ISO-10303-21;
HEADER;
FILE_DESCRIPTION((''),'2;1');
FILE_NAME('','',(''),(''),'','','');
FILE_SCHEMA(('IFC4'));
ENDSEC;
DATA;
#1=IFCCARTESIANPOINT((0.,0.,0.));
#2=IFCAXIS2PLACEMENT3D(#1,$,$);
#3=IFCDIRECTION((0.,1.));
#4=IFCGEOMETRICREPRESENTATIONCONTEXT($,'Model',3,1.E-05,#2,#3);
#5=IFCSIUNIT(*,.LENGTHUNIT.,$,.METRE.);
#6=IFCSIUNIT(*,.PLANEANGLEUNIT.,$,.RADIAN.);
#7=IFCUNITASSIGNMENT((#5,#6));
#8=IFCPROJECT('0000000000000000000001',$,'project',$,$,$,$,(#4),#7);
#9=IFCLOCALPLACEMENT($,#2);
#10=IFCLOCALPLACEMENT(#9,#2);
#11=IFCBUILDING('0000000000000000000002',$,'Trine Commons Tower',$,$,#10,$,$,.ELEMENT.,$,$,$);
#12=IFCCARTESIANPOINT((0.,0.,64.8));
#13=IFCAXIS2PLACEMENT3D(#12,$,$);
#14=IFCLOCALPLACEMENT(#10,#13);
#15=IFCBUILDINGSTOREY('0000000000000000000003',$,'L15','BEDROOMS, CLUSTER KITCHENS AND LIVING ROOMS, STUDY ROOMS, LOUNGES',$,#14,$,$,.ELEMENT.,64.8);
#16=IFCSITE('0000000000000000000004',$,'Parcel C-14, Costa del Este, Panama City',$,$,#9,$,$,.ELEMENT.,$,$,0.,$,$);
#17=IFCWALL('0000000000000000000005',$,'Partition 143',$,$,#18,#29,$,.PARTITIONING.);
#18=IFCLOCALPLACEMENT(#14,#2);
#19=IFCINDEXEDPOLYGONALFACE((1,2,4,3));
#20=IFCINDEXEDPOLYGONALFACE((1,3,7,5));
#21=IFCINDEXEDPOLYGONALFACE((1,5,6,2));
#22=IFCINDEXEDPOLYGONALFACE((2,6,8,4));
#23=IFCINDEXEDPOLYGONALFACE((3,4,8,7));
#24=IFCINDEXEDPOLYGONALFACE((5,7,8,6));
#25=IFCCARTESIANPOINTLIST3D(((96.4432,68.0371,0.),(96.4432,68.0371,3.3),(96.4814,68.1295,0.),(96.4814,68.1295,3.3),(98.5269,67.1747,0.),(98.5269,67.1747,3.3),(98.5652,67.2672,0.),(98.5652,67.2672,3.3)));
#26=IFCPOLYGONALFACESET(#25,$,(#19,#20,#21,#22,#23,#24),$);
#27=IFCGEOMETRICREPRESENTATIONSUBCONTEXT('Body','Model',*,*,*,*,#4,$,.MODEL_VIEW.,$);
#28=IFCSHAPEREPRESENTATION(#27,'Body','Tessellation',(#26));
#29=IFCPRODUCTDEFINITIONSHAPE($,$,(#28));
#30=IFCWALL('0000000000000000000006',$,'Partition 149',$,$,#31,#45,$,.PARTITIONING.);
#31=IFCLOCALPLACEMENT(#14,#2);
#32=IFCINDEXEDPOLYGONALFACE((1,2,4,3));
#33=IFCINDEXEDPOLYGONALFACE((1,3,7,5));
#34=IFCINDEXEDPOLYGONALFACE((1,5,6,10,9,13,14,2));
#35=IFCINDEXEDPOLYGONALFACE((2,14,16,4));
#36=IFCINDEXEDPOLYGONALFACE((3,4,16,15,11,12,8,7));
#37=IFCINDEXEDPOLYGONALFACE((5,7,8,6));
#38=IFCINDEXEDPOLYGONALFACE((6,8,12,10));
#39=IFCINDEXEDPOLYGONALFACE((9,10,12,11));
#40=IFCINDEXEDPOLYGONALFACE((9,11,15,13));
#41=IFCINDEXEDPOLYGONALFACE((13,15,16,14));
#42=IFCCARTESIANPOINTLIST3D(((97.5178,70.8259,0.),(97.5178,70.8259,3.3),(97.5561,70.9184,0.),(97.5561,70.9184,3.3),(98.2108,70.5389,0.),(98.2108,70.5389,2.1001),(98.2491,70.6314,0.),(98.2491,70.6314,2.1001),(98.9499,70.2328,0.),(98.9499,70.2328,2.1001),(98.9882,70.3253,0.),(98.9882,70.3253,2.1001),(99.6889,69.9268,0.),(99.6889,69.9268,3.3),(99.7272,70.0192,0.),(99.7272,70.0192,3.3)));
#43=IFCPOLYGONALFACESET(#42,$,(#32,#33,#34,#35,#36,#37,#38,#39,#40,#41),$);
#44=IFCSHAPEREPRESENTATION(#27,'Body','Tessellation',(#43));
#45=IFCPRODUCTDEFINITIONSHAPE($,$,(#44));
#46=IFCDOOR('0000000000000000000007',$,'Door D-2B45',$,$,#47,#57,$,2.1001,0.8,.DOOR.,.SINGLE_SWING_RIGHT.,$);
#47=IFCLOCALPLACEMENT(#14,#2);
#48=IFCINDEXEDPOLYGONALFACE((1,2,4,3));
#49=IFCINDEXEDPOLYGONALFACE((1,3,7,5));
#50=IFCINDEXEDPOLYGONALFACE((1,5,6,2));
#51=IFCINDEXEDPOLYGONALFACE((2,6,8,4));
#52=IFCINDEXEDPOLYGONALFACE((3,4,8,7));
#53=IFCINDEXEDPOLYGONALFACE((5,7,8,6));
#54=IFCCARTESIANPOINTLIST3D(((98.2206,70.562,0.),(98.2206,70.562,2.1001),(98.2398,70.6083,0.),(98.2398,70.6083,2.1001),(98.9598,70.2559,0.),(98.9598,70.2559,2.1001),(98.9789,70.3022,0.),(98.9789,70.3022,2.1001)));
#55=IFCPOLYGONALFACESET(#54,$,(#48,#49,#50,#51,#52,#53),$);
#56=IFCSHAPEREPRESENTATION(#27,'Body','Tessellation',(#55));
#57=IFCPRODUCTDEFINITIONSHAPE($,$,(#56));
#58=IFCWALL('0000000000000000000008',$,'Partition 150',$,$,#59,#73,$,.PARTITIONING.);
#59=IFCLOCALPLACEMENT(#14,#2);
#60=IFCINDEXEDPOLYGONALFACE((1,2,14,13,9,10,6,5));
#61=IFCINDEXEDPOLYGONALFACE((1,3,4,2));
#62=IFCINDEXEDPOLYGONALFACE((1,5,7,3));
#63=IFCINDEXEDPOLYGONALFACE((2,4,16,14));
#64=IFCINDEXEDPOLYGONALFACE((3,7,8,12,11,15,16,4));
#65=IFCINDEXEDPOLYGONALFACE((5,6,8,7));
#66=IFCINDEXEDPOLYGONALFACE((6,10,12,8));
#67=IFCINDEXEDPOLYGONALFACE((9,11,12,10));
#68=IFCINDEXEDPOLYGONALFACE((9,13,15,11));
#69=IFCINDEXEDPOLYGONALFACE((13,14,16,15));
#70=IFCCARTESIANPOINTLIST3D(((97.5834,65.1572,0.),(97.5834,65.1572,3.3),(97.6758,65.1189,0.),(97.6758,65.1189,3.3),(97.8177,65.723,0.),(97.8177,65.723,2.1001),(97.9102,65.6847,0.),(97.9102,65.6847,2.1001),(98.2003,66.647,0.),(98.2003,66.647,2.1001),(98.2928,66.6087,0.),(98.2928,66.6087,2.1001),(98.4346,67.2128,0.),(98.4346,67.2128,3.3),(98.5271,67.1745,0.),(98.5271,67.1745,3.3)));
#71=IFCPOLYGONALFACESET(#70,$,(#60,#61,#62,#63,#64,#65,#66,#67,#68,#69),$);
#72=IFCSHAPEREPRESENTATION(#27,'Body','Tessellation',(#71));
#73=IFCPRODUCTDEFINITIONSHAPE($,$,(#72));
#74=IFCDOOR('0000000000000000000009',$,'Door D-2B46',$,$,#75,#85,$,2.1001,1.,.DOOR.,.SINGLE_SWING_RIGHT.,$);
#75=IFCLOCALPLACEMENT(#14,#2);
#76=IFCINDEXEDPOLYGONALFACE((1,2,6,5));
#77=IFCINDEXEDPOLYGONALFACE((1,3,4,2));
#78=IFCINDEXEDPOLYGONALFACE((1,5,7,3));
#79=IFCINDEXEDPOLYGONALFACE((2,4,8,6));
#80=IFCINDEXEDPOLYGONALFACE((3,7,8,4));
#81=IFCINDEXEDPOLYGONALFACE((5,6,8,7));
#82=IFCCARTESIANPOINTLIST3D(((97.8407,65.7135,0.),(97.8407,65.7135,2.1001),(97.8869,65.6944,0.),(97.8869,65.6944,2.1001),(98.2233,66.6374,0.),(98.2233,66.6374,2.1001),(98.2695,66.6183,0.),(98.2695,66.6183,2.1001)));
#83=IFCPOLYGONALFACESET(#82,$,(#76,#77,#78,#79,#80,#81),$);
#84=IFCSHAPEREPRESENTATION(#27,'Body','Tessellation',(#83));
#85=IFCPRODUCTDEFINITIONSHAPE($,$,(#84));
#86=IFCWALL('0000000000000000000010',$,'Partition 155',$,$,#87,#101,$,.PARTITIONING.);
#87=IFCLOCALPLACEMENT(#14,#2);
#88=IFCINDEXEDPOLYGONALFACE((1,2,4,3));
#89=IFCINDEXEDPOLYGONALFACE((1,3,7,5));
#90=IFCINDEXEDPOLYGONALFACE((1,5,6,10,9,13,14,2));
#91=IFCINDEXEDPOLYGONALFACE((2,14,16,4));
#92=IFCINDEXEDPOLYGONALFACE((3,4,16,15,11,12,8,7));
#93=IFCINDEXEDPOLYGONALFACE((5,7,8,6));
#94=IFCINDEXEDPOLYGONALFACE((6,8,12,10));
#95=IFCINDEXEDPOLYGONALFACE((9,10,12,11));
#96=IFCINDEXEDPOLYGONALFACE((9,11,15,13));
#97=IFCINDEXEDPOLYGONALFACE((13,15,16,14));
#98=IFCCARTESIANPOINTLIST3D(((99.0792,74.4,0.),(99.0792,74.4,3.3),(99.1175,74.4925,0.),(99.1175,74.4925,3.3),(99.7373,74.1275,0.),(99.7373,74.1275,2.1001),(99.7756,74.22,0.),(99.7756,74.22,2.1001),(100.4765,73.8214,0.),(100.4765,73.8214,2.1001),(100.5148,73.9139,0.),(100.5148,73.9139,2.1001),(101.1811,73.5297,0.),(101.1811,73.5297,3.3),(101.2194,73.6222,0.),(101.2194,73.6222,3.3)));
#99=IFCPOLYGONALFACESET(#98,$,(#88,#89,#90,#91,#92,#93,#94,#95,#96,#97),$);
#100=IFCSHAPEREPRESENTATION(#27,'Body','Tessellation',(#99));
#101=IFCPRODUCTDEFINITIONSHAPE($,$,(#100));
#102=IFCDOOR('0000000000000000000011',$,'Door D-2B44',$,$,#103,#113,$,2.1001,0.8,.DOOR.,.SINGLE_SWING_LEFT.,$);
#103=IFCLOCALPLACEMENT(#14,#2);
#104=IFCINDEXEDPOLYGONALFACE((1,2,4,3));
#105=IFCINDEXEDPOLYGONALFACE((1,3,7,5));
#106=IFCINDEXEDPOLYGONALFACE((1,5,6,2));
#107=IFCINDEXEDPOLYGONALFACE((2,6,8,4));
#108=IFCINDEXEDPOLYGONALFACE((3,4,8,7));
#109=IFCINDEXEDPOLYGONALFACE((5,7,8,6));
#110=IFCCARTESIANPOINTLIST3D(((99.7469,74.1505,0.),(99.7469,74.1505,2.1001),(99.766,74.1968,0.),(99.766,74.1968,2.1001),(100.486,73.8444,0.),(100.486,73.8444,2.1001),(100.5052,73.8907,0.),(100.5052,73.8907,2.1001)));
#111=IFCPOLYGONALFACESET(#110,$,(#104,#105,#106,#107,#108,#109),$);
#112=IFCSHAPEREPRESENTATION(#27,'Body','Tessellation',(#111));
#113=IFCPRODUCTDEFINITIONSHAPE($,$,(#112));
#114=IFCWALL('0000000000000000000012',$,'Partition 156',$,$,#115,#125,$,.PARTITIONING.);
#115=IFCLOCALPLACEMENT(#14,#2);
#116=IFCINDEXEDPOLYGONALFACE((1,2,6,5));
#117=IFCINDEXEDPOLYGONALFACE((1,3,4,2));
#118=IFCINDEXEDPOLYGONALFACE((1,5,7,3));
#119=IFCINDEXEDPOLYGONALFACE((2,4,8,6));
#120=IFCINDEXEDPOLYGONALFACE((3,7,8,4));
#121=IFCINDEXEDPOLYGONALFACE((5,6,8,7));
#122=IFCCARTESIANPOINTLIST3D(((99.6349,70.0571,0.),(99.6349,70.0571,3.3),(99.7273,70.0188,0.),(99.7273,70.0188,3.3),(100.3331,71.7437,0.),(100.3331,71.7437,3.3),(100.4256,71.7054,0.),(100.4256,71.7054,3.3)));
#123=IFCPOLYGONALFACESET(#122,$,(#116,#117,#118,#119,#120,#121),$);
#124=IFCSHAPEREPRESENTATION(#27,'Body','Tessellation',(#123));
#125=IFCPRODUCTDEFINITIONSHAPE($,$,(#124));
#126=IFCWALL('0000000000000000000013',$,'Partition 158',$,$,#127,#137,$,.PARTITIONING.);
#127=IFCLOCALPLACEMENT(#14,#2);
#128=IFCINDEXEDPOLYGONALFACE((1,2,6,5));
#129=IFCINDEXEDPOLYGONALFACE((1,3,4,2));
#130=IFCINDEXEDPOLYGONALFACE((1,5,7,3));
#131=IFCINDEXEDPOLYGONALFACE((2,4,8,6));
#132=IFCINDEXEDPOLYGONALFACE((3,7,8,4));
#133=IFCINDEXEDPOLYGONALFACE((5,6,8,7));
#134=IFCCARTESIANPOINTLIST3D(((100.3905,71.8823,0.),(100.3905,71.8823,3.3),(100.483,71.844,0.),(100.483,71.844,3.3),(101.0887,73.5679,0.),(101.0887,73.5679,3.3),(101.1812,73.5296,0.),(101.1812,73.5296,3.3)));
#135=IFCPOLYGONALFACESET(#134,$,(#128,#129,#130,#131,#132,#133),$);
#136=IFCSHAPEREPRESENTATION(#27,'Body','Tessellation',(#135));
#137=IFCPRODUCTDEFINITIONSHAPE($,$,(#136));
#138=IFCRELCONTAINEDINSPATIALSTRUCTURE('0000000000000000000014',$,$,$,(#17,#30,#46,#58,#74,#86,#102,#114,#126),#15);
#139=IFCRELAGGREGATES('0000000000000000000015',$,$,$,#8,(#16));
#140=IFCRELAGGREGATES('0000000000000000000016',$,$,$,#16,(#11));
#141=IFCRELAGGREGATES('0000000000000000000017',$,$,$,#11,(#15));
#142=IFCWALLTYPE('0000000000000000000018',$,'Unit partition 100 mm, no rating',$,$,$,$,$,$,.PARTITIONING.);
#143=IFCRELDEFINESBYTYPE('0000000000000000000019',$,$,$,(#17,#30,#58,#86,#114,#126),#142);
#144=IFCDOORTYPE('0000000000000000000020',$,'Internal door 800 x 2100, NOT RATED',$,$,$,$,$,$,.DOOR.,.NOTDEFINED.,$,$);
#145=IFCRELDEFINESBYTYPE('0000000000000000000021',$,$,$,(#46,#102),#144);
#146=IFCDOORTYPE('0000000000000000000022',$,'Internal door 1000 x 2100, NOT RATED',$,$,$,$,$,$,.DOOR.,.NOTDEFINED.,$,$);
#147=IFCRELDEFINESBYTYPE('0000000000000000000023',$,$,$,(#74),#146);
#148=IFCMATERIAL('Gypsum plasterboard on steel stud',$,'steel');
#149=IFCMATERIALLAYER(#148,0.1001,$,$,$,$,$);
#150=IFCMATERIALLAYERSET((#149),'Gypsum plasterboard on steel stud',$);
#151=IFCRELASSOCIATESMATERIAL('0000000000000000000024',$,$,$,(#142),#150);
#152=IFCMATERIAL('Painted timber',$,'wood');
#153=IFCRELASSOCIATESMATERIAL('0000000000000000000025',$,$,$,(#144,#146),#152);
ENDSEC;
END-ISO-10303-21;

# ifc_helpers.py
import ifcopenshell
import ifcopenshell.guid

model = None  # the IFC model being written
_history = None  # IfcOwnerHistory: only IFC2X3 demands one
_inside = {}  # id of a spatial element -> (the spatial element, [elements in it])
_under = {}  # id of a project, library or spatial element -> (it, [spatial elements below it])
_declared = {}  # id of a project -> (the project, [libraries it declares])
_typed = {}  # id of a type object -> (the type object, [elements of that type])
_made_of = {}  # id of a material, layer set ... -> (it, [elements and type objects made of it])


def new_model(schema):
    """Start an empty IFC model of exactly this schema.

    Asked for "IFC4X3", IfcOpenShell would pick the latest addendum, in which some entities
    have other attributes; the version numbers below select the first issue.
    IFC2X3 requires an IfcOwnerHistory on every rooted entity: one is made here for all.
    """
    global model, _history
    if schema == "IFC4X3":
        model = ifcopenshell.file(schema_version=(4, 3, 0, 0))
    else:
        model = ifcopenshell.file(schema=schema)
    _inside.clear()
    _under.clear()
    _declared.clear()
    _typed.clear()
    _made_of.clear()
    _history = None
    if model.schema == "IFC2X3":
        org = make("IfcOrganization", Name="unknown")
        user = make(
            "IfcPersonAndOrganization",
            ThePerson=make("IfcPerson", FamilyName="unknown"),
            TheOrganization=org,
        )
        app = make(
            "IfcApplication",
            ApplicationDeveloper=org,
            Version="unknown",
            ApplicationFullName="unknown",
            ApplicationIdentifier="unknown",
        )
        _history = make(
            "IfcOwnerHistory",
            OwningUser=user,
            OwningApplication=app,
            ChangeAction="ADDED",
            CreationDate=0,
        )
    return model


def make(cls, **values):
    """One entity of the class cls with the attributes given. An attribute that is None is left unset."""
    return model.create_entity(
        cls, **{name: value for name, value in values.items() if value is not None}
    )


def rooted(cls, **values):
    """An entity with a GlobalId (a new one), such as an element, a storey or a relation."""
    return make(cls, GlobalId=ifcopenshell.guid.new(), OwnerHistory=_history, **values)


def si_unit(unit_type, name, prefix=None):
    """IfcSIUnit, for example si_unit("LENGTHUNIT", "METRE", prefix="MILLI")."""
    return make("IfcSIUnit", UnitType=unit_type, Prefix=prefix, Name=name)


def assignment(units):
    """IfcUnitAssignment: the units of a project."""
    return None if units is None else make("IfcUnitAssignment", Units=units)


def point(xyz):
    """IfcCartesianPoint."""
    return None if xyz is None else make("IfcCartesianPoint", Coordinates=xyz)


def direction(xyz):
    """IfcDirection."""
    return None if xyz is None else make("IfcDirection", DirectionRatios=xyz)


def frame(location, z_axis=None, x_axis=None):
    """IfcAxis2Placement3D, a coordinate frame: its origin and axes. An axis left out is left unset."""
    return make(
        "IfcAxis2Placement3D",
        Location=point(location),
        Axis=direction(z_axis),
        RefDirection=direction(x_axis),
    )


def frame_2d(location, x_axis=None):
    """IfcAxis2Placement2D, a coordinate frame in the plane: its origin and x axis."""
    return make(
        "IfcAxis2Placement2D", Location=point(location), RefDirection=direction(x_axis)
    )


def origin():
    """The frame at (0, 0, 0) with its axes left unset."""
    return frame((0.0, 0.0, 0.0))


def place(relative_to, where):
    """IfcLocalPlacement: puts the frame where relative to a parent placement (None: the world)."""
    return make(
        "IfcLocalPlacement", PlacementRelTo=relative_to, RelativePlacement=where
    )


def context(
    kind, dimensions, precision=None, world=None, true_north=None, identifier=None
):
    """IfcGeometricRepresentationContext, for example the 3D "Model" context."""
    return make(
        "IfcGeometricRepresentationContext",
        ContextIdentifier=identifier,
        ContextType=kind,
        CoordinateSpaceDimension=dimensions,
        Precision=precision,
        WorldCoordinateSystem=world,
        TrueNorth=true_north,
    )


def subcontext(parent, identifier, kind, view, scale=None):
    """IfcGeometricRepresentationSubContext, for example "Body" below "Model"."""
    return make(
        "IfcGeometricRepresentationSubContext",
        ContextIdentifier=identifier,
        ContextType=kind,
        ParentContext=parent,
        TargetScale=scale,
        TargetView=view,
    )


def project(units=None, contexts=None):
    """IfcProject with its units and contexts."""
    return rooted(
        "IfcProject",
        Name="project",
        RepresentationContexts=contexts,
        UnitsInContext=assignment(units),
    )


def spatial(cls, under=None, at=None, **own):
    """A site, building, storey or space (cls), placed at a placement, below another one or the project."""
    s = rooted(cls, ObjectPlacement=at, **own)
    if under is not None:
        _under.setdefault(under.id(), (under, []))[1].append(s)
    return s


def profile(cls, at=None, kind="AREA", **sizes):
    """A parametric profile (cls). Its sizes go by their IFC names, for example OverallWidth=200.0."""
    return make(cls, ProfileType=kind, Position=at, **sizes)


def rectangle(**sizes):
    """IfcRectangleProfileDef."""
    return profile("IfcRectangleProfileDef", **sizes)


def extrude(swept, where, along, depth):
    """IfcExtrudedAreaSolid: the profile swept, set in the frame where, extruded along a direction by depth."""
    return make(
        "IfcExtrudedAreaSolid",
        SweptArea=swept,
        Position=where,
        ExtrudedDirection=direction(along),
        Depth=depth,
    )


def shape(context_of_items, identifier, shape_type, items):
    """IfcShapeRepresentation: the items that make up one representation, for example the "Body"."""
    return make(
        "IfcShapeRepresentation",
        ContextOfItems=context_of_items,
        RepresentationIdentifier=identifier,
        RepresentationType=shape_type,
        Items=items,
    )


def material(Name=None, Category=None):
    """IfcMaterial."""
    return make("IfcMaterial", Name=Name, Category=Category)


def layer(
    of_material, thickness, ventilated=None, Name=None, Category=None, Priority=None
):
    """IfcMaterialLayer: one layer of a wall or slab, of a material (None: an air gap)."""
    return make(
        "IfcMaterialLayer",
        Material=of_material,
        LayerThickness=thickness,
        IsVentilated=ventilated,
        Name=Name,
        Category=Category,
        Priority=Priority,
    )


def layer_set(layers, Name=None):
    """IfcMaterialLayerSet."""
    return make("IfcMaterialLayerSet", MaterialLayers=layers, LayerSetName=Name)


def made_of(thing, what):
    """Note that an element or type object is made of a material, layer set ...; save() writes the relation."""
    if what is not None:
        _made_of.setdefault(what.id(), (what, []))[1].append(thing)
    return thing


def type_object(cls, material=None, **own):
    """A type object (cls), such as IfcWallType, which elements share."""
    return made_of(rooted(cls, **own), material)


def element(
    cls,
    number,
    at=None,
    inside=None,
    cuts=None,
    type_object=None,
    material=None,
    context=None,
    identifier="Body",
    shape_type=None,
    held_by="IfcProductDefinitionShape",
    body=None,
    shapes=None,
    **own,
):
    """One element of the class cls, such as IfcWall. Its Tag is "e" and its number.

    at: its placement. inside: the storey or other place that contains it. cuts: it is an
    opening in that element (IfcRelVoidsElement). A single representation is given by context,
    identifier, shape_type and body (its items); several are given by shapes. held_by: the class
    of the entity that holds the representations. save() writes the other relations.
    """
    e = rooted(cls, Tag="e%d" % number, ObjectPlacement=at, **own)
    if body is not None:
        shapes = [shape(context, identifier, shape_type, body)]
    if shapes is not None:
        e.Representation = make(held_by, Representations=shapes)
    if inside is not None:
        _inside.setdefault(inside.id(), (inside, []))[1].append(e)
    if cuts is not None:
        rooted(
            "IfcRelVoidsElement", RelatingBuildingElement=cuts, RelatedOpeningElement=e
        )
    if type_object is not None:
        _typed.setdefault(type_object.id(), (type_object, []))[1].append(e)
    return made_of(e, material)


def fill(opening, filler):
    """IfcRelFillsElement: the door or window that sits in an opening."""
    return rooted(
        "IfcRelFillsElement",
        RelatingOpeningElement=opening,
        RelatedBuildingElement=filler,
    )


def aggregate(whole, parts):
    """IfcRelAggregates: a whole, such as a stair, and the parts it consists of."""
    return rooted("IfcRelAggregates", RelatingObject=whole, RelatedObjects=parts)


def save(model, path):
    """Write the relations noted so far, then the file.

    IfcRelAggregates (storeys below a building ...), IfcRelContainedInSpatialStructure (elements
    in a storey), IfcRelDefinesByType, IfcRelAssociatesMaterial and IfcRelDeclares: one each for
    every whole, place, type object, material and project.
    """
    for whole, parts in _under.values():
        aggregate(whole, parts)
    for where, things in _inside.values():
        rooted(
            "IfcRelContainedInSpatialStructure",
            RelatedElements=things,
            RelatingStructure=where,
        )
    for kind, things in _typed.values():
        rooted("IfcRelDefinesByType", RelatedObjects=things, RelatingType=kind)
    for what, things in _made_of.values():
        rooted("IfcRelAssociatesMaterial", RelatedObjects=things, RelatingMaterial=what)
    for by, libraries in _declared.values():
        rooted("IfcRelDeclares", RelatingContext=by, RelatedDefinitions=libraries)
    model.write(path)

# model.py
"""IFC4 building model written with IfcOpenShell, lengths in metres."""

from ifc_helpers import new_model, si_unit, direction, frame, frame_2d, origin, place, context, subcontext, project, spatial, rectangle, extrude, material, layer, layer_set, type_object, element, fill, save


model = new_model("IFC4")

# Units and contexts
model_context = context("Model", 3, precision=1e-05, world=origin(), true_north=direction((0.0, 1.0)))
body_context = subcontext(model_context, "Body", "Model", "MODEL_VIEW")
ifc_project = project(units=[si_unit("LENGTHUNIT", "METRE"), si_unit("PLANEANGLEUNIT", "RADIAN")], contexts=[model_context])

# Site, building, storey
site_placement = place(None, origin())
site = spatial("IfcSite", under=ifc_project, at=site_placement, Name="Parcel C-14, Costa del Este, Panama City", CompositionType="ELEMENT", RefElevation=0.0)
building_placement = place(site_placement, origin())
building = spatial("IfcBuilding", under=site, at=building_placement, Name="Trine Commons Tower", CompositionType="ELEMENT")
storey_placement = place(building_placement, frame((0.0, 0.0, 64.8)))
storey = spatial("IfcBuildingStorey", under=building, at=storey_placement, Name="L15", Description="BEDROOMS, CLUSTER KITCHENS AND LIVING ROOMS, STUDY ROOMS, LOUNGES", CompositionType="ELEMENT", Elevation=64.8)

# Shared definitions
ifc_material_1 = material(Name="Gypsum plasterboard on steel stud", Category="steel")

# Shared definitions
ifc_layer_1 = layer(ifc_material_1, 0.1001)
ifc_layer_set_1 = layer_set([ifc_layer_1], Name="Gypsum plasterboard on steel stud")
wall_type_1 = type_object("IfcWallType", Name="Unit partition 100 mm, no rating", PredefinedType="PARTITIONING", material=ifc_layer_set_1)
ifc_material_2 = material(Name="Painted timber", Category="wood")
door_type_1 = type_object("IfcDoorType", Name="Internal door 800 x 2100, NOT RATED", OperationType="NOTDEFINED", PredefinedType="DOOR", material=ifc_material_2)

# Wall
wall_1_placement = place(storey_placement, frame((96.4624, 68.0833, 0.0), z_axis=(0.0, 0.0, 1.0), x_axis=(0.924006, -0.382377, 0.0)))
element("IfcWall", 1, at=wall_1_placement, inside=storey, type_object=wall_type_1, Name="Partition 143", PredefinedType="PARTITIONING", context=body_context, shape_type="SweptSolid", body=[
    extrude(rectangle(XDim=2.2551, YDim=0.1001, at=frame_2d((1.1274, 0.0))), origin(), (0.0, 0.0, 1.0), 3.3),
])

# Walls, openings, doors
wall_2_placement = place(storey_placement, frame((97.5371, 70.8721, 0.0), z_axis=(0.0, 0.0, 1.0), x_axis=(0.923902, -0.38263, 0.0)))
wall_2 = element("IfcWall", 2, at=wall_2_placement, inside=storey, type_object=wall_type_1, Name="Partition 149", PredefinedType="PARTITIONING", context=body_context, shape_type="SweptSolid", body=[
    extrude(rectangle(XDim=2.3499, YDim=0.1001, at=frame_2d((1.1748, 0.0))), origin(), (0.0, 0.0, 1.0), 3.3),
])
opening_1_placement = place(wall_2_placement, frame((0.75, 0.0, 0.0)))
opening_1 = element("IfcOpeningElement", 3, at=opening_1_placement, cuts=wall_2, PredefinedType="OPENING", context=body_context, shape_type="SweptSolid", body=[
    extrude(rectangle(XDim=0.8, YDim=2.1001, at=frame_2d((0.3999, 1.05))), frame((0.0, 0.0601, 0.0), z_axis=(0.0, -1.0, 0.0), x_axis=(1.0, 0.0, 0.0)), (0.0, 0.0, 1.0), 0.1201),
])
door_1_placement = place(opening_1_placement, frame((0.8, 0.0, 0.0), z_axis=(0.0, 0.0, 1.0), x_axis=(-1.0, 0.0, 0.0)))
door_1 = element("IfcDoor", 4, at=door_1_placement, inside=storey, type_object=door_type_1, Name="Door D-2B45", OperationType="SINGLE_SWING_RIGHT", OverallHeight=2.1001, OverallWidth=0.8, PredefinedType="DOOR", context=body_context, shape_type="SweptSolid", body=[
    extrude(rectangle(XDim=0.8, YDim=2.1001, at=frame_2d((0.3999, 1.05))), frame((0.0, 0.0249, 0.0), z_axis=(0.0, -1.0, 0.0), x_axis=(1.0, 0.0, 0.0)), (0.0, 0.0, 1.0), 0.05),
])
fill(opening_1, door_1)
wall_3_placement = place(storey_placement, frame((97.6296, 65.1382, 0.0), z_axis=(0.0, 0.0, 1.0), x_axis=(0.38262, 0.923906, 0.0)))
wall_3 = element("IfcWall", 5, at=wall_3_placement, inside=storey, type_object=wall_type_1, Name="Partition 150", PredefinedType="PARTITIONING", context=body_context, shape_type="SweptSolid", body=[
    extrude(rectangle(XDim=2.2249, YDim=0.1001, at=frame_2d((1.1123, 0.0))), origin(), (0.0, 0.0, 1.0), 3.3),
])
opening_2_placement = place(wall_3_placement, frame((0.6123, 0.0, 0.0)))
opening_2 = element("IfcOpeningElement", 6, at=opening_2_placement, cuts=wall_3, PredefinedType="OPENING", context=body_context, shape_type="SweptSolid", body=[
    extrude(rectangle(XDim=1.0, YDim=2.1001, at=frame_2d((0.5, 1.05))), frame((0.0, 0.0601, 0.0), z_axis=(0.0, -1.0, 0.0), x_axis=(1.0, 0.0, 0.0)), (0.0, 0.0, 1.0), 0.1201),
])
door_type_2 = type_object("IfcDoorType", Name="Internal door 1000 x 2100, NOT RATED", OperationType="NOTDEFINED", PredefinedType="DOOR", material=ifc_material_2)
door_2_placement = place(opening_2_placement, frame((1.0, 0.0, 0.0), z_axis=(0.0, 0.0, 1.0), x_axis=(-1.0, 0.0, 0.0)))
door_2 = element("IfcDoor", 7, at=door_2_placement, inside=storey, type_object=door_type_2, Name="Door D-2B46", OperationType="SINGLE_SWING_RIGHT", OverallHeight=2.1001, OverallWidth=1.0, PredefinedType="DOOR", context=body_context, shape_type="SweptSolid", body=[
    extrude(rectangle(XDim=1.0, YDim=2.1001, at=frame_2d((0.5, 1.05))), frame((0.0, 0.0249, 0.0), z_axis=(0.0, -1.0, 0.0), x_axis=(1.0, 0.0, 0.0)), (0.0, 0.0, 1.0), 0.05),
])
fill(opening_2, door_2)
wall_4_placement = place(storey_placement, frame((99.0984, 74.4463, 0.0), z_axis=(0.0, 0.0, 1.0), x_axis=(0.923916, -0.382595, 0.0)))
wall_4 = element("IfcWall", 8, at=wall_4_placement, inside=storey, type_object=wall_type_1, Name="Partition 155", PredefinedType="PARTITIONING", context=body_context, shape_type="SweptSolid", body=[
    extrude(rectangle(XDim=2.2749, YDim=0.1001, at=frame_2d((1.1375, 0.0))), origin(), (0.0, 0.0, 1.0), 3.3),
])
opening_3_placement = place(wall_4_placement, frame((0.7124, 0.0, 0.0)))
opening_3 = element("IfcOpeningElement", 9, at=opening_3_placement, cuts=wall_4, PredefinedType="OPENING", context=body_context, shape_type="SweptSolid", body=[
    extrude(rectangle(XDim=0.8, YDim=2.1001, at=frame_2d((0.3999, 1.05))), frame((0.0, 0.0601, 0.0), z_axis=(0.0, -1.0, 0.0), x_axis=(1.0, 0.0, 0.0)), (0.0, 0.0, 1.0), 0.1201),
])
door_3_placement = place(opening_3_placement, origin())
door_3 = element("IfcDoor", 10, at=door_3_placement, inside=storey, type_object=door_type_1, Name="Door D-2B44", OperationType="SINGLE_SWING_LEFT", OverallHeight=2.1001, OverallWidth=0.8, PredefinedType="DOOR", context=body_context, shape_type="SweptSolid", body=[
    extrude(rectangle(XDim=0.8, YDim=2.1001, at=frame_2d((0.3999, 1.05))), frame((0.0, 0.0249, 0.0), z_axis=(0.0, -1.0, 0.0), x_axis=(1.0, 0.0, 0.0)), (0.0, 0.0, 1.0), 0.05),
])
fill(opening_3, door_3)

# Walls
wall_5_placement = place(storey_placement, frame((99.6812, 70.0381, 0.0), z_axis=(0.0, 0.0, 1.0), x_axis=(0.382525, 0.923945, 0.0)))
element("IfcWall", 11, at=wall_5_placement, inside=storey, type_object=wall_type_1, Name="Partition 156", PredefinedType="PARTITIONING", context=body_context, shape_type="SweptSolid", body=[
    extrude(rectangle(XDim=1.8254, YDim=0.1001, at=frame_2d((0.9126, 0.0))), origin(), (0.0, 0.0, 1.0), 3.3),
])
wall_6_placement = place(storey_placement, frame((100.4368, 71.8633, 0.0), z_axis=(0.0, 0.0, 1.0), x_axis=(0.382714, 0.923867, 0.0)))
element("IfcWall", 12, at=wall_6_placement, inside=storey, type_object=wall_type_1, Name="Partition 158", PredefinedType="PARTITIONING", context=body_context, shape_type="SweptSolid", body=[
    extrude(rectangle(XDim=1.8245, YDim=0.1001, at=frame_2d((0.9121, 0.0))), origin(), (0.0, 0.0, 1.0), 3.3),
])

save(model, "model.ifc")
